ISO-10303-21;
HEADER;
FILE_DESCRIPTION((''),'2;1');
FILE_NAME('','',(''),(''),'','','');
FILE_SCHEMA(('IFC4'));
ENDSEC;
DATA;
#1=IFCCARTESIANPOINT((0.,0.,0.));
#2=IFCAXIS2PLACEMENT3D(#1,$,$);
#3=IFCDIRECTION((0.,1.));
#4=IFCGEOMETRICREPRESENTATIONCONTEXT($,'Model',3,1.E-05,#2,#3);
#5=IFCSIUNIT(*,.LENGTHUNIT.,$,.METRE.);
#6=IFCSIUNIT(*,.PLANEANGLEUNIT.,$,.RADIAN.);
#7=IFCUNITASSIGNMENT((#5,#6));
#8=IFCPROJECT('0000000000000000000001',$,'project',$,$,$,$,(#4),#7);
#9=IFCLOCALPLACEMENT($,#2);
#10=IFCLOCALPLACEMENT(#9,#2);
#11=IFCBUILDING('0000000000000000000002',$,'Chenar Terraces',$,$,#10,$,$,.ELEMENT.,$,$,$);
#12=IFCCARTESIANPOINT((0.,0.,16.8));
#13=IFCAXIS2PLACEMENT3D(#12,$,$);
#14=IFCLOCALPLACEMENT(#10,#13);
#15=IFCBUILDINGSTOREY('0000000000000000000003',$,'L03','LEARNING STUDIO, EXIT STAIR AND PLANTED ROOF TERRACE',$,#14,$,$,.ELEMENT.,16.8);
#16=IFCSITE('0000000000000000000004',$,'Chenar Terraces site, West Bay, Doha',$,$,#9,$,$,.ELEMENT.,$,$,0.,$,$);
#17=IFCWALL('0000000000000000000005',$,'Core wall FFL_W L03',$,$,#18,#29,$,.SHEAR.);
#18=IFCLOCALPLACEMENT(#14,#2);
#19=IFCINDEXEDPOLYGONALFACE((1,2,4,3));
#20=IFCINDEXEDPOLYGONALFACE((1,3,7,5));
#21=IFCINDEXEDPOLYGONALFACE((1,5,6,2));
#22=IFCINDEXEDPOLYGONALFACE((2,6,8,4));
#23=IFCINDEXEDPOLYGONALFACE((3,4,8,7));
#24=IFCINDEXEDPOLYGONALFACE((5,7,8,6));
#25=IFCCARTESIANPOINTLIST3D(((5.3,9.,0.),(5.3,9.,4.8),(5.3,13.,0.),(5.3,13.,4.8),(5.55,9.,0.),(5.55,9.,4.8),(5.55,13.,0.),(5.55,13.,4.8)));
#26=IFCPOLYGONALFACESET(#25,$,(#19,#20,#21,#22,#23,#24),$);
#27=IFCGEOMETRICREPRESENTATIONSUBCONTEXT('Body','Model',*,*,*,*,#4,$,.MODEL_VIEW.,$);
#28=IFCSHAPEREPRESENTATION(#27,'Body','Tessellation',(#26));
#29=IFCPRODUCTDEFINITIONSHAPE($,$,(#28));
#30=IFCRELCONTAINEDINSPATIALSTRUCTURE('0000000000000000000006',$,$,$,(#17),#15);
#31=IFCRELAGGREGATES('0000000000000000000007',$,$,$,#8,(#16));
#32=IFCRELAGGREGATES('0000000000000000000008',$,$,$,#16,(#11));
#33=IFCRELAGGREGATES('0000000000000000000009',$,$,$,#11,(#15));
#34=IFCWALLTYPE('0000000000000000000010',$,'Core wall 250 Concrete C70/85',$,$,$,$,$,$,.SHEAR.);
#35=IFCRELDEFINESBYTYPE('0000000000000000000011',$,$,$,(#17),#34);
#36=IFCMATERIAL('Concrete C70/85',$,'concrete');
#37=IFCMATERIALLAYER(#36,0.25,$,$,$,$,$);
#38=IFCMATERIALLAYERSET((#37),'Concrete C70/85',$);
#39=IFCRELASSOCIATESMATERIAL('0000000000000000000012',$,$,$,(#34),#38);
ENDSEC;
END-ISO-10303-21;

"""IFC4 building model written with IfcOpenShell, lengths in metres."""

from ifc_helpers import new_model, si_unit, direction, frame, frame_2d, origin, place, context, subcontext, project, spatial, rectangle, extrude, material, layer, layer_set, type_object, element, save


model = new_model("IFC4")

# Units and contexts
model_context = context("Model", 3, precision=1e-05, world=origin(), true_north=direction((0.0, 1.0)))
body_context = subcontext(model_context, "Body", "Model", "MODEL_VIEW")
ifc_project = project(units=[si_unit("LENGTHUNIT", "METRE"), si_unit("PLANEANGLEUNIT", "RADIAN")], contexts=[model_context])

# Site, building, storey
site_placement = place(None, origin())
site = spatial("IfcSite", under=ifc_project, at=site_placement, Name="Chenar Terraces site, West Bay, Doha", CompositionType="ELEMENT", RefElevation=0.0)
building_placement = place(site_placement, origin())
building = spatial("IfcBuilding", under=site, at=building_placement, Name="Chenar Terraces", CompositionType="ELEMENT")
storey_placement = place(building_placement, frame((0.0, 0.0, 16.8)))
storey = spatial("IfcBuildingStorey", under=building, at=storey_placement, Name="L03", Description="LEARNING STUDIO, EXIT STAIR AND PLANTED ROOF TERRACE", CompositionType="ELEMENT", Elevation=16.8)

# Wall
ifc_material_1 = material(Name="Concrete C70/85", Category="concrete")
ifc_layer_1 = layer(ifc_material_1, 0.25)
ifc_layer_set_1 = layer_set([ifc_layer_1], Name="Concrete C70/85")
wall_type_1 = type_object("IfcWallType", Name="Core wall 250 Concrete C70/85", PredefinedType="SHEAR", material=ifc_layer_set_1)
wall_1_placement = place(storey_placement, frame((5.425, 9.0, 0.0), z_axis=(0.0, 0.0, 1.0), x_axis=(0.0, 1.0, 0.0)))
element("IfcWall", 1, at=wall_1_placement, inside=storey, type_object=wall_type_1, Name="Core wall FFL_W L03", PredefinedType="SHEAR", context=body_context, shape_type="SweptSolid", body=[
    extrude(rectangle(XDim=4.0, YDim=0.25, at=frame_2d((2.0, 0.0))), origin(), (0.0, 0.0, 1.0), 4.8),
])

save(model, "model.ifc")
